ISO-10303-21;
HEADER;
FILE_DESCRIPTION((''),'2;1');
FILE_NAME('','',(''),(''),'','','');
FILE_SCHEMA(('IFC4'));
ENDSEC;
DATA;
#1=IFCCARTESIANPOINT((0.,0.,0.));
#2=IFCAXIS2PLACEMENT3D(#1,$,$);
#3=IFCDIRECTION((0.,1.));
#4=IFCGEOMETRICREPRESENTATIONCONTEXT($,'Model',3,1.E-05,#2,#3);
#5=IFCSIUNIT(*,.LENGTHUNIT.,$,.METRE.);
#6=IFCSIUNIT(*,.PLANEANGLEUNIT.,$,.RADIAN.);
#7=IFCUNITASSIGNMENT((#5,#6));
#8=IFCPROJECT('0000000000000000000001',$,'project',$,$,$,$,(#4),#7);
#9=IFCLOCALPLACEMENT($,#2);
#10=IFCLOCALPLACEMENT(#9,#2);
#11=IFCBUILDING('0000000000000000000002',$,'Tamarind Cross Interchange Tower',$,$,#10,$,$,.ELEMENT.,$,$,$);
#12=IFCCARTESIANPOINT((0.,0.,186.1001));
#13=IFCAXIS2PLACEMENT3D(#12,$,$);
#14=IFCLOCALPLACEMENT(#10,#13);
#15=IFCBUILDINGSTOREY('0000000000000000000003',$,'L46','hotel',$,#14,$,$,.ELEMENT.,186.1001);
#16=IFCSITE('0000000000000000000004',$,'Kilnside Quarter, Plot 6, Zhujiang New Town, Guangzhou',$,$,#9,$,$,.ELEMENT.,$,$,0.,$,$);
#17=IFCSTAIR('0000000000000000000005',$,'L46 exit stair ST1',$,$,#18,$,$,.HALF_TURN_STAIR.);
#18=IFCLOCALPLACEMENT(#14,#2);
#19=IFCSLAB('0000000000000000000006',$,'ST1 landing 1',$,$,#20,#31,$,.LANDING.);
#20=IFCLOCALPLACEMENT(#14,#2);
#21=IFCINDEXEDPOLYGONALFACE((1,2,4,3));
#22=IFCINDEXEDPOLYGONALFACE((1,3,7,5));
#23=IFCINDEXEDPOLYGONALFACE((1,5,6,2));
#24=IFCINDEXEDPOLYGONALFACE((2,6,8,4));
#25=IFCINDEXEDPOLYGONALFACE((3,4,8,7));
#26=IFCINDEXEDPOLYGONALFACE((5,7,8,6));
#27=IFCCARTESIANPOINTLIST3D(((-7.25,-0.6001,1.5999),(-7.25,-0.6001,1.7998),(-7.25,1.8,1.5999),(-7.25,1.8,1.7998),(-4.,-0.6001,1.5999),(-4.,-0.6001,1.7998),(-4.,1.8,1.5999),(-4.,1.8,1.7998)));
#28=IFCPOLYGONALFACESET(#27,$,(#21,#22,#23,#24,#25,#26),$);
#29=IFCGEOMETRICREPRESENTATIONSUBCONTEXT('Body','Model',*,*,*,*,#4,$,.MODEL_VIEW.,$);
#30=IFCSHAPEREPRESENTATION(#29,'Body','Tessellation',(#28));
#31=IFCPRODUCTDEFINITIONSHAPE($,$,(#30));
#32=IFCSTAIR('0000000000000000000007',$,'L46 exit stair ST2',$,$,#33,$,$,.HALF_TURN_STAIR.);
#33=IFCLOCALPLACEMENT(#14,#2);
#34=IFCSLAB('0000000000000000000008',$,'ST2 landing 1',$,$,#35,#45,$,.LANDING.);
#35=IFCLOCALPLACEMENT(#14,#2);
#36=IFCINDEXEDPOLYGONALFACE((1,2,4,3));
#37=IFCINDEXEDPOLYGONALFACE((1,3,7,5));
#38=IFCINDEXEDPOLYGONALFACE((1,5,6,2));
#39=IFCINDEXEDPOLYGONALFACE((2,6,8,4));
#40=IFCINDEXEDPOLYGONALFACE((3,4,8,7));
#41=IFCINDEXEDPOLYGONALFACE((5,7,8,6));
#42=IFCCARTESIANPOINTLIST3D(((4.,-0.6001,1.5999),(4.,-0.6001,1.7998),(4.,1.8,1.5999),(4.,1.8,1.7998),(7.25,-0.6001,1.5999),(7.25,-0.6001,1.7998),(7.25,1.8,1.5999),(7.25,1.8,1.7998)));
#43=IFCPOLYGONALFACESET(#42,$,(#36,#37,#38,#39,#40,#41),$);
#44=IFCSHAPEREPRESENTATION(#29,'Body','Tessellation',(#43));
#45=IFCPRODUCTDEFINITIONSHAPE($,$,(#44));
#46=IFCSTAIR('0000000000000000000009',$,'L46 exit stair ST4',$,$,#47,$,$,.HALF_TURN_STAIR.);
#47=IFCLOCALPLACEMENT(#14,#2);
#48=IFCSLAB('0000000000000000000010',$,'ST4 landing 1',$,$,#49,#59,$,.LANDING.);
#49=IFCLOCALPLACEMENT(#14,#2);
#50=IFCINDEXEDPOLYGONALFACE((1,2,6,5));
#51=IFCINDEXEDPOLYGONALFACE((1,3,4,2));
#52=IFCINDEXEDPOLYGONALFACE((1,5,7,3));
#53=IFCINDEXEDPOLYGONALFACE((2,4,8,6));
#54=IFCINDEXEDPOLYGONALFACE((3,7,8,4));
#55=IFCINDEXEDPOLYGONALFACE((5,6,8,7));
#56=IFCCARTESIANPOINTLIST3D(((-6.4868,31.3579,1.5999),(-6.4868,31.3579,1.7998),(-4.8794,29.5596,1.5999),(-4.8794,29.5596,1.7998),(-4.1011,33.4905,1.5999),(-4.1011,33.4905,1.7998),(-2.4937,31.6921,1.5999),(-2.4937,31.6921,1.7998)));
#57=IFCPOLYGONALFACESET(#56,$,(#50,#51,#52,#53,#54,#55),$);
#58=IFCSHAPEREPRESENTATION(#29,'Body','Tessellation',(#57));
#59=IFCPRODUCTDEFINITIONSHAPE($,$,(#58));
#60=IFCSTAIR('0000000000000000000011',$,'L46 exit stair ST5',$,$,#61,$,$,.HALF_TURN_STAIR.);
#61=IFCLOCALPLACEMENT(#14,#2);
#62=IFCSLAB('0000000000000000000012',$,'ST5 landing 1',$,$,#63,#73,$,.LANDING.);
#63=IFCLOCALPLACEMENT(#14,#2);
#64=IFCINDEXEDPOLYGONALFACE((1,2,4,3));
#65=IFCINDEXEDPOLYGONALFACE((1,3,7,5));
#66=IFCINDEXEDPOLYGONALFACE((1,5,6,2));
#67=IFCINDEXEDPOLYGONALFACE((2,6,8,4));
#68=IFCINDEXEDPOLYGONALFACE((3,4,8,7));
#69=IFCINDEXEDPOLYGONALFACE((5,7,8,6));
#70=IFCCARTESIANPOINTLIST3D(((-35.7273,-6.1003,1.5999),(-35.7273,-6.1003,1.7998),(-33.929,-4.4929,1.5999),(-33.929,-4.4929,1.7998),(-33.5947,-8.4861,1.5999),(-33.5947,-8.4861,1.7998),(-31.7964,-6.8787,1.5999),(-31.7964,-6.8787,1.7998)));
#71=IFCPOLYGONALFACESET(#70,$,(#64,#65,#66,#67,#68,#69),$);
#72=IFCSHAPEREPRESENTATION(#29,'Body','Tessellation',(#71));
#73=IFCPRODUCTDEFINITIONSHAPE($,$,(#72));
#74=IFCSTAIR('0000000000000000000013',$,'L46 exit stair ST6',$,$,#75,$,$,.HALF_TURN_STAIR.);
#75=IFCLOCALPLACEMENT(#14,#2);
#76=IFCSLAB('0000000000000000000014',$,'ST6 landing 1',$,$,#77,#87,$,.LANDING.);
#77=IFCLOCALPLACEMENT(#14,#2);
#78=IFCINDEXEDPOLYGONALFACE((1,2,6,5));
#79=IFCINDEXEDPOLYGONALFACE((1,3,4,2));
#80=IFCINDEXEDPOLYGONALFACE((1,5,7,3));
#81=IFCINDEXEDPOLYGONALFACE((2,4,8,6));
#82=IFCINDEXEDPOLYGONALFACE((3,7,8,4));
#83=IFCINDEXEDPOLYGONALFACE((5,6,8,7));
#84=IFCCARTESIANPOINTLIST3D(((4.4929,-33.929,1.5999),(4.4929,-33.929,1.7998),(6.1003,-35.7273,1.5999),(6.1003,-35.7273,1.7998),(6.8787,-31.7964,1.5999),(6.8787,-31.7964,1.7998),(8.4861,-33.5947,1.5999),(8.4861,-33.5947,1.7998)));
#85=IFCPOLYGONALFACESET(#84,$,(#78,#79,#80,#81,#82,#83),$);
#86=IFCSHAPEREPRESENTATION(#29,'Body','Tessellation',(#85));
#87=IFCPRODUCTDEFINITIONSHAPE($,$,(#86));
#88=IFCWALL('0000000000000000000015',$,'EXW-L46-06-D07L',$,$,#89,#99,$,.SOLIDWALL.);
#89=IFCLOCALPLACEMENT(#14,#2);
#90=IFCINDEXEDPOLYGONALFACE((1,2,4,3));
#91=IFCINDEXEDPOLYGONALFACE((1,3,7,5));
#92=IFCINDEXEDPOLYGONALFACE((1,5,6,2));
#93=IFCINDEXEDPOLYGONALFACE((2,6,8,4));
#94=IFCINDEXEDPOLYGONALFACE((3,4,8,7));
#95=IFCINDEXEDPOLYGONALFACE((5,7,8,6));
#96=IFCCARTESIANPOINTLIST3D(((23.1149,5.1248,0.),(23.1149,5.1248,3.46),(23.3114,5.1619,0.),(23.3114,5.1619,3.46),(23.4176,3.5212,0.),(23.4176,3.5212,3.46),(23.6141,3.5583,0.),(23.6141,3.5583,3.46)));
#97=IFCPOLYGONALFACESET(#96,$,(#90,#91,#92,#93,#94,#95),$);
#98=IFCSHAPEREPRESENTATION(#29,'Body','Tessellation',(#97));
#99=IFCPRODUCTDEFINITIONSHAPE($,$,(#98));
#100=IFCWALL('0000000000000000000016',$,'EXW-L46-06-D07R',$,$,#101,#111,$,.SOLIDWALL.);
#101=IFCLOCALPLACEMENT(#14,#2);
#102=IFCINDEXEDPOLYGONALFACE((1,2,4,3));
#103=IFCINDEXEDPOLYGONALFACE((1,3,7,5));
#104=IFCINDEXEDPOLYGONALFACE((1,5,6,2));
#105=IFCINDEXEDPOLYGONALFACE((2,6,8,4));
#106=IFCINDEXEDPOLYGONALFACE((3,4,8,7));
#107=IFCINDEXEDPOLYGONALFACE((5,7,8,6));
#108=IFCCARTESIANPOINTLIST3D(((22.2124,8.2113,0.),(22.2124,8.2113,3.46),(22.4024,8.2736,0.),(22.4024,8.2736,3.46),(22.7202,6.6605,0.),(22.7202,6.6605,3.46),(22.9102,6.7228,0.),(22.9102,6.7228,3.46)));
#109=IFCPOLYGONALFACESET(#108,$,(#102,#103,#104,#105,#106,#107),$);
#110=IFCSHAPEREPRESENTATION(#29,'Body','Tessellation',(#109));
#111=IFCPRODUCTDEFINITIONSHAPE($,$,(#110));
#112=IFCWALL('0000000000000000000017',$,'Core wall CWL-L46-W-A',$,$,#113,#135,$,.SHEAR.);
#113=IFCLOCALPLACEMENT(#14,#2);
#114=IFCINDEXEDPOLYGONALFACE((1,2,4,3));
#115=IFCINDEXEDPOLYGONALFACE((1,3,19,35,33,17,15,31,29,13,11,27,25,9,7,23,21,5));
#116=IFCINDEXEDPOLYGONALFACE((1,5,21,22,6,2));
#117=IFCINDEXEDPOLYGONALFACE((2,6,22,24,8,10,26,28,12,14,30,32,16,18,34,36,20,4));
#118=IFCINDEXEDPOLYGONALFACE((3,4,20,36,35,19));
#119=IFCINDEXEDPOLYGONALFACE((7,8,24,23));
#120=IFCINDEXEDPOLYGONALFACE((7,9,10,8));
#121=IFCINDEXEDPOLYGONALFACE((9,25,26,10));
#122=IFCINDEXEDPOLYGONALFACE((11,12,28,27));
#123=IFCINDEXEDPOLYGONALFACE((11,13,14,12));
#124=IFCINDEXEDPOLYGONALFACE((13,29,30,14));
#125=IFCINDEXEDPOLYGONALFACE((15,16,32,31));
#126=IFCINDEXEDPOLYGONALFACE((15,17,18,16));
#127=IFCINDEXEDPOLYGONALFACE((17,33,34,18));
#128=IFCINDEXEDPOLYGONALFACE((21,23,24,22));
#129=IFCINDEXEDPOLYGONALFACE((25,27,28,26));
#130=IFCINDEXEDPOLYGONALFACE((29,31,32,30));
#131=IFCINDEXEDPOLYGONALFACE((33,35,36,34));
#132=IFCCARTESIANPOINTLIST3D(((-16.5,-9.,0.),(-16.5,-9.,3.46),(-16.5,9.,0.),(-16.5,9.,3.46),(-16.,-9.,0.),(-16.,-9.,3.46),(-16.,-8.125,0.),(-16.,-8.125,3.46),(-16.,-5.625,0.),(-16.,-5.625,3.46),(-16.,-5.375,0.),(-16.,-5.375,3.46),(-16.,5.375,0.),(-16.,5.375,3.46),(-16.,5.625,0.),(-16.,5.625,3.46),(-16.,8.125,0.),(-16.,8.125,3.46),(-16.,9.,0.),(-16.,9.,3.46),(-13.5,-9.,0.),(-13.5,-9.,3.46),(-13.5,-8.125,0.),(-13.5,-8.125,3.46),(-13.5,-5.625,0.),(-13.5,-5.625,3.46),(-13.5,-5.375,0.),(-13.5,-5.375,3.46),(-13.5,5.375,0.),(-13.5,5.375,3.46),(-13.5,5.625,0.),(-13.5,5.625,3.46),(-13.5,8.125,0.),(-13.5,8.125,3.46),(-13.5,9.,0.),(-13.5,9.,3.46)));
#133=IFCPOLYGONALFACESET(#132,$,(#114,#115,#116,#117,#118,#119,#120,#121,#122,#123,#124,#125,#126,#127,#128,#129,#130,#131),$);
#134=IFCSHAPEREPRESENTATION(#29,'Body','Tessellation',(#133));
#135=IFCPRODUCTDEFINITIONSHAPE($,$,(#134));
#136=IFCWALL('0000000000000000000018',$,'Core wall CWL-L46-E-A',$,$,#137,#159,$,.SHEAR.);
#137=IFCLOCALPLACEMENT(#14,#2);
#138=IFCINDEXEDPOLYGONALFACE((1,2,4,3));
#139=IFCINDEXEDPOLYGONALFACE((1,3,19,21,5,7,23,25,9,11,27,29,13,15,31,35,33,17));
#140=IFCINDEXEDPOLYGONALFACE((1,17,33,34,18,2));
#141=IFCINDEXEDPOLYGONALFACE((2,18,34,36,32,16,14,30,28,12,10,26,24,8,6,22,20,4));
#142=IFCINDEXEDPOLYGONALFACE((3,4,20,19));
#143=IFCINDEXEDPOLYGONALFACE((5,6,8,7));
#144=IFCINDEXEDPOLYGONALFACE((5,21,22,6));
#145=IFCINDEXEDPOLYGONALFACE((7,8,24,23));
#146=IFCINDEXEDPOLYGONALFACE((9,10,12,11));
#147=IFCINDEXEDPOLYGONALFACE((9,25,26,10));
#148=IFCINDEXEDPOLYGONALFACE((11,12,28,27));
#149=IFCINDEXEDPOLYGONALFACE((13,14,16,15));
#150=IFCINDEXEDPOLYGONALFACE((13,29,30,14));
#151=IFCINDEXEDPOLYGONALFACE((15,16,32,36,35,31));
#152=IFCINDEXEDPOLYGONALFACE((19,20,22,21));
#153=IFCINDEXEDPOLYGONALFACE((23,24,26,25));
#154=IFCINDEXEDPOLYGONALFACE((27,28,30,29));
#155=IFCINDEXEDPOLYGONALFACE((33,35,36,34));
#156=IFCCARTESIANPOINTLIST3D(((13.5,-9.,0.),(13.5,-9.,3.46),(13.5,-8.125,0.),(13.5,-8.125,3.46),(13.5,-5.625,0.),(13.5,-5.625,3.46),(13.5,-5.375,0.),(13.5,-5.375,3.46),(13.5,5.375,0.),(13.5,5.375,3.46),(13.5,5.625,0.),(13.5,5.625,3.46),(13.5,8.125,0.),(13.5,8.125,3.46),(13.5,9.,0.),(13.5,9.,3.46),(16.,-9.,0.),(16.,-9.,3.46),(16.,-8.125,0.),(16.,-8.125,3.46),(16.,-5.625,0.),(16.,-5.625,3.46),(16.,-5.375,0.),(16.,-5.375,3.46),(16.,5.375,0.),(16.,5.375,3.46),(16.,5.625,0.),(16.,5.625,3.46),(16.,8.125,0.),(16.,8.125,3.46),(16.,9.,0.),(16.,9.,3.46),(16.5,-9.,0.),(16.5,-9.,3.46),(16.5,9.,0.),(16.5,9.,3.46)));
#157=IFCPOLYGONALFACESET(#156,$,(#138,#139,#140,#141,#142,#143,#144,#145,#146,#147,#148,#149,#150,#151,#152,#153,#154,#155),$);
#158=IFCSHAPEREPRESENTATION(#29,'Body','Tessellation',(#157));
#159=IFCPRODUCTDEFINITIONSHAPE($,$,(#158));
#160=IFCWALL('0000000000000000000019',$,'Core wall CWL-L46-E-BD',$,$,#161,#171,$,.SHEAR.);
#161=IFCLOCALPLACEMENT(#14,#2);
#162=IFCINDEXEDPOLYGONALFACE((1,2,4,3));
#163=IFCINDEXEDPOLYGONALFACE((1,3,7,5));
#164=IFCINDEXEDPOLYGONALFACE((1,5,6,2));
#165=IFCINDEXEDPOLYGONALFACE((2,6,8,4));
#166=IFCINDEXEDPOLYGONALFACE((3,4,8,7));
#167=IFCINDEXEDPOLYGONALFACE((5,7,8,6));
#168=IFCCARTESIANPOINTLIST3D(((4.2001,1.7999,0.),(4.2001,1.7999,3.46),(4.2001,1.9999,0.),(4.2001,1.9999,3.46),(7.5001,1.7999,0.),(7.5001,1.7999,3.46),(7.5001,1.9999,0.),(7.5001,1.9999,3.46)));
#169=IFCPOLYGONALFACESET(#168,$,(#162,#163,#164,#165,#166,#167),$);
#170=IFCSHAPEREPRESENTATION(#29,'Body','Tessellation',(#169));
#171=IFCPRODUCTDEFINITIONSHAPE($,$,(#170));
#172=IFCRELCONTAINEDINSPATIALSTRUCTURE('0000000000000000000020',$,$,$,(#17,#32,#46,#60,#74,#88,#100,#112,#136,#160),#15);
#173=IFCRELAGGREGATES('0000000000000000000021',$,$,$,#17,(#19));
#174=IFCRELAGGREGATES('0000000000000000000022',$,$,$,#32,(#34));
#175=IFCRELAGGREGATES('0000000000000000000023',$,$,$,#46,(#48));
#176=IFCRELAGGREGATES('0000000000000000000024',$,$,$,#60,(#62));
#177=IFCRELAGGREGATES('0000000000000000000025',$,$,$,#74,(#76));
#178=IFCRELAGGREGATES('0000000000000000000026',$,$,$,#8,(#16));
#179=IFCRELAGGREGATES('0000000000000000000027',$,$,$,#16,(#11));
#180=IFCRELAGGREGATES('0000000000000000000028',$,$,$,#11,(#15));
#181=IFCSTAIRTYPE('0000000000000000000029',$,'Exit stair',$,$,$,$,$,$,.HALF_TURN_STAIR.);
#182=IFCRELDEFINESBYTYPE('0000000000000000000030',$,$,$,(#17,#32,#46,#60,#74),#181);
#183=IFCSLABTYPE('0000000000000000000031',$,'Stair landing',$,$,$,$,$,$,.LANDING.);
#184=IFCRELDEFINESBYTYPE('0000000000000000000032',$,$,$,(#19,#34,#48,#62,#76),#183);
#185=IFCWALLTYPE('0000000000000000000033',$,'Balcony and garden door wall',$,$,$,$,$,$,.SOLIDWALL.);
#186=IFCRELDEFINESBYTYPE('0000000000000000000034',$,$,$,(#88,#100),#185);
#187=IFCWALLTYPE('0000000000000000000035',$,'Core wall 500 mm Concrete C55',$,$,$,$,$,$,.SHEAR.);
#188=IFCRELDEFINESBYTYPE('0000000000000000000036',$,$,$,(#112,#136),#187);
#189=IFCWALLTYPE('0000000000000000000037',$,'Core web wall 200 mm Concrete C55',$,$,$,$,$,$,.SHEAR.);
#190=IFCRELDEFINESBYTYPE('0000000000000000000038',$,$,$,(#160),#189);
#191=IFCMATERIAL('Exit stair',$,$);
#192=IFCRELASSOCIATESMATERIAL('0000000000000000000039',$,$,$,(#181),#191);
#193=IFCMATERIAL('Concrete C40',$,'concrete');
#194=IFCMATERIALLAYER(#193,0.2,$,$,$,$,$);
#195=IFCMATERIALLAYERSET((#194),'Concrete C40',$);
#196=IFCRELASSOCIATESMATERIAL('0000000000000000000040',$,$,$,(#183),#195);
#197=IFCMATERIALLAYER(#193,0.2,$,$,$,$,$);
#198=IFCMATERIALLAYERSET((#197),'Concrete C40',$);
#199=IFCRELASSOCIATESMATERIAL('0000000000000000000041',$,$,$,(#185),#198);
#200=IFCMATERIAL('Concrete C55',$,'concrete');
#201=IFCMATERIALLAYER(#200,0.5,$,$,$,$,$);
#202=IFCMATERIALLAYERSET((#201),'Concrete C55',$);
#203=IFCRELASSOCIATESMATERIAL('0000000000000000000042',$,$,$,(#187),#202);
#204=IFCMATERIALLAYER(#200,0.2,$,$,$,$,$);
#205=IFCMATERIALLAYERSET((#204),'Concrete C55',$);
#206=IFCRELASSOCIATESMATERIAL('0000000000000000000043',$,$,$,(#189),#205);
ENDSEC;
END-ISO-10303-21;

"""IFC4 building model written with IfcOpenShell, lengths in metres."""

from ifc_helpers import new_model, si_unit, direction, frame, frame_2d, origin, place, context, subcontext, project, spatial, polyline, rectangle, outline, extrude, material, layer, layer_set, type_object, element, aggregate, save


model = new_model("IFC4")

# Units and contexts
model_context = context("Model", 3, precision=1e-05, world=origin(), true_north=direction((0.0, 1.0)))
body_context = subcontext(model_context, "Body", "Model", "MODEL_VIEW")
ifc_project = project(units=[si_unit("LENGTHUNIT", "METRE"), si_unit("PLANEANGLEUNIT", "RADIAN")], contexts=[model_context])

# Site, building, storey
site_placement = place(None, origin())
site = spatial("IfcSite", under=ifc_project, at=site_placement, Name="Kilnside Quarter, Plot 6, Zhujiang New Town, Guangzhou", CompositionType="ELEMENT", RefElevation=0.0)
building_placement = place(site_placement, origin())
building = spatial("IfcBuilding", under=site, at=building_placement, Name="Tamarind Cross Interchange Tower", CompositionType="ELEMENT")
storey_placement = place(building_placement, frame((0.0, 0.0, 186.1001)))
storey = spatial("IfcBuildingStorey", under=building, at=storey_placement, Name="L46", Description="hotel", CompositionType="ELEMENT", Elevation=186.1001)

# Shared definitions
ifc_material_1 = material(Name="Concrete C55", Category="concrete")

# Stairs, slabs
ifc_material_2 = material(Name="Exit stair")
stair_type = type_object("IfcStairType", Name="Exit stair", PredefinedType="HALF_TURN_STAIR", material=ifc_material_2)
stair_1_placement = place(storey_placement, origin())
stair_1 = element("IfcStair", 1, at=stair_1_placement, inside=storey, type_object=stair_type, Name="L46 exit stair ST1", PredefinedType="HALF_TURN_STAIR")
ifc_material_3 = material(Name="Concrete C40", Category="concrete")
ifc_layer_1 = layer(ifc_material_3, 0.2)
ifc_layer_set_1 = layer_set([ifc_layer_1], Name="Concrete C40")
slab_type_1 = type_object("IfcSlabType", Name="Stair landing", PredefinedType="LANDING", material=ifc_layer_set_1)
slab_1_placement = place(storey_placement, frame((0.0, 0.0, 1.5999)))
slab_1 = element("IfcSlab", 2, at=slab_1_placement, type_object=slab_type_1, Name="ST1 landing 1", PredefinedType="LANDING", context=body_context, shape_type="SweptSolid", body=[
    extrude(outline(polyline([(-4.0, -0.6001), (-4.0, 1.8), (-7.25, 1.8), (-7.25, -0.6001), (-4.0, -0.6001)])), origin(), (0.0, 0.0, 1.0), 0.2),
])
aggregate(stair_1, [slab_1])
stair_2_placement = place(storey_placement, origin())
stair_2 = element("IfcStair", 3, at=stair_2_placement, inside=storey, type_object=stair_type, Name="L46 exit stair ST2", PredefinedType="HALF_TURN_STAIR")
slab_2_placement = place(storey_placement, frame((0.0, 0.0, 1.5999)))
slab_2 = element("IfcSlab", 4, at=slab_2_placement, type_object=slab_type_1, Name="ST2 landing 1", PredefinedType="LANDING", context=body_context, shape_type="SweptSolid", body=[
    extrude(outline(polyline([(7.25, -0.6001), (7.25, 1.8), (4.0, 1.8), (4.0, -0.6001), (7.25, -0.6001)])), origin(), (0.0, 0.0, 1.0), 0.2),
])
aggregate(stair_2, [slab_2])
stair_3_placement = place(storey_placement, origin())
stair_3 = element("IfcStair", 5, at=stair_3_placement, inside=storey, type_object=stair_type, Name="L46 exit stair ST4", PredefinedType="HALF_TURN_STAIR")
slab_3_placement = place(storey_placement, frame((0.0, 0.0, 1.5999)))
slab_3 = element("IfcSlab", 6, at=slab_3_placement, type_object=slab_type_1, Name="ST4 landing 1", PredefinedType="LANDING", context=body_context, shape_type="SweptSolid", body=[
    extrude(outline(polyline([(-2.4937, 31.6921), (-4.1011, 33.4905), (-6.4868, 31.3579), (-4.8794, 29.5596), (-2.4937, 31.6921)])), origin(), (0.0, 0.0, 1.0), 0.2),
])
aggregate(stair_3, [slab_3])
stair_4_placement = place(storey_placement, origin())
stair_4 = element("IfcStair", 7, at=stair_4_placement, inside=storey, type_object=stair_type, Name="L46 exit stair ST5", PredefinedType="HALF_TURN_STAIR")
slab_4_placement = place(storey_placement, frame((0.0, 0.0, 1.5999)))
slab_4 = element("IfcSlab", 8, at=slab_4_placement, type_object=slab_type_1, Name="ST5 landing 1", PredefinedType="LANDING", context=body_context, shape_type="SweptSolid", body=[
    extrude(outline(polyline([(-33.929, -4.4929), (-35.7273, -6.1003), (-33.5947, -8.4861), (-31.7964, -6.8787), (-33.929, -4.4929)])), origin(), (0.0, 0.0, 1.0), 0.2),
])
aggregate(stair_4, [slab_4])
stair_5_placement = place(storey_placement, origin())
stair_5 = element("IfcStair", 9, at=stair_5_placement, inside=storey, type_object=stair_type, Name="L46 exit stair ST6", PredefinedType="HALF_TURN_STAIR")
slab_5_placement = place(storey_placement, frame((0.0, 0.0, 1.5999)))
slab_5 = element("IfcSlab", 10, at=slab_5_placement, type_object=slab_type_1, Name="ST6 landing 1", PredefinedType="LANDING", context=body_context, shape_type="SweptSolid", body=[
    extrude(outline(polyline([(4.4929, -33.929), (6.1003, -35.7273), (8.4861, -33.5947), (6.8787, -31.7964), (4.4929, -33.929)])), origin(), (0.0, 0.0, 1.0), 0.2),
])
aggregate(stair_5, [slab_5])

# Walls
ifc_layer_2 = layer(ifc_material_3, 0.2)
ifc_layer_set_2 = layer_set([ifc_layer_2], Name="Concrete C40")
wall_type_1 = type_object("IfcWallType", Name="Balcony and garden door wall", PredefinedType="SOLIDWALL", material=ifc_layer_set_2)
for number, where, z_axis, x_axis, name in (
    (11, (23.5159, 3.5398, 0.0), (0.0, 0.0, 1.0), (-0.185517, 0.982641, 0.0), "EXW-L46-06-D07L"),
    (12, (22.8152, 6.6917, 0.0), (0.0, 0.0, 1.0), (-0.311196, 0.950346, 0.0), "EXW-L46-06-D07R"),
):
    element("IfcWall", number, at=place(storey_placement, frame(where, z_axis=z_axis, x_axis=x_axis)), inside=storey, type_object=wall_type_1, Name=name, PredefinedType="SOLIDWALL", context=body_context, shape_type="SweptSolid", body=[
        extrude(rectangle(XDim=1.6318, YDim=0.2, at=frame_2d((0.8159, 0.0))), origin(), (0.0, 0.0, 1.0), 3.46),
    ])

# Walls
ifc_layer_3 = layer(ifc_material_1, 0.5)
ifc_layer_set_3 = layer_set([ifc_layer_3], Name="Concrete C55")
wall_type_2 = type_object("IfcWallType", Name="Core wall 500 mm Concrete C55", PredefinedType="SHEAR", material=ifc_layer_set_3)
wall_1_placement = place(storey_placement, origin())
element("IfcWall", 13, at=wall_1_placement, inside=storey, type_object=wall_type_2, Name="Core wall CWL-L46-W-A", PredefinedType="SHEAR", context=body_context, shape_type="SweptSolid", body=[
    extrude(outline(polyline([(-13.5, -8.125), (-16.0, -8.125), (-16.0, -5.625), (-13.5, -5.625), (-13.5, -5.375), (-16.0, -5.375), (-16.0, 5.375), (-13.5, 5.375), (-13.5, 5.625), (-16.0, 5.625), (-16.0, 8.125), (-13.5, 8.125), (-13.5, 9.0), (-16.0, 9.0), (-16.5, 9.0), (-16.5, -9.0), (-16.0, -9.0), (-13.5, -9.0), (-13.5, -8.125)])), origin(), (0.0, 0.0, 1.0), 3.46),
])
wall_2_placement = place(storey_placement, origin())
element("IfcWall", 14, at=wall_2_placement, inside=storey, type_object=wall_type_2, Name="Core wall CWL-L46-E-A", PredefinedType="SHEAR", context=body_context, shape_type="SweptSolid", body=[
    extrude(outline(polyline([(13.5, -8.125), (13.5, -9.0), (16.0, -9.0), (16.5, -9.0), (16.5, 9.0), (16.0, 9.0), (13.5, 9.0), (13.5, 8.125), (16.0, 8.125), (16.0, 5.625), (13.5, 5.625), (13.5, 5.375), (16.0, 5.375), (16.0, -5.375), (13.5, -5.375), (13.5, -5.625), (16.0, -5.625), (16.0, -8.125), (13.5, -8.125)])), origin(), (0.0, 0.0, 1.0), 3.46),
])
ifc_layer_4 = layer(ifc_material_1, 0.2)
ifc_layer_set_4 = layer_set([ifc_layer_4], Name="Concrete C55")
wall_type_3 = type_object("IfcWallType", Name="Core web wall 200 mm Concrete C55", PredefinedType="SHEAR", material=ifc_layer_set_4)
wall_3_placement = place(storey_placement, frame((7.5, 1.8999, 0.0), z_axis=(0.0, 0.0, 1.0), x_axis=(-1.0, 0.0, 0.0)))
element("IfcWall", 15, at=wall_3_placement, inside=storey, type_object=wall_type_3, Name="Core wall CWL-L46-E-BD", PredefinedType="SHEAR", context=body_context, shape_type="SweptSolid", body=[
    extrude(rectangle(XDim=3.3, YDim=0.2, at=frame_2d((1.6499, 0.0))), origin(), (0.0, 0.0, 1.0), 3.46),
])

save(model, "model.ifc")
